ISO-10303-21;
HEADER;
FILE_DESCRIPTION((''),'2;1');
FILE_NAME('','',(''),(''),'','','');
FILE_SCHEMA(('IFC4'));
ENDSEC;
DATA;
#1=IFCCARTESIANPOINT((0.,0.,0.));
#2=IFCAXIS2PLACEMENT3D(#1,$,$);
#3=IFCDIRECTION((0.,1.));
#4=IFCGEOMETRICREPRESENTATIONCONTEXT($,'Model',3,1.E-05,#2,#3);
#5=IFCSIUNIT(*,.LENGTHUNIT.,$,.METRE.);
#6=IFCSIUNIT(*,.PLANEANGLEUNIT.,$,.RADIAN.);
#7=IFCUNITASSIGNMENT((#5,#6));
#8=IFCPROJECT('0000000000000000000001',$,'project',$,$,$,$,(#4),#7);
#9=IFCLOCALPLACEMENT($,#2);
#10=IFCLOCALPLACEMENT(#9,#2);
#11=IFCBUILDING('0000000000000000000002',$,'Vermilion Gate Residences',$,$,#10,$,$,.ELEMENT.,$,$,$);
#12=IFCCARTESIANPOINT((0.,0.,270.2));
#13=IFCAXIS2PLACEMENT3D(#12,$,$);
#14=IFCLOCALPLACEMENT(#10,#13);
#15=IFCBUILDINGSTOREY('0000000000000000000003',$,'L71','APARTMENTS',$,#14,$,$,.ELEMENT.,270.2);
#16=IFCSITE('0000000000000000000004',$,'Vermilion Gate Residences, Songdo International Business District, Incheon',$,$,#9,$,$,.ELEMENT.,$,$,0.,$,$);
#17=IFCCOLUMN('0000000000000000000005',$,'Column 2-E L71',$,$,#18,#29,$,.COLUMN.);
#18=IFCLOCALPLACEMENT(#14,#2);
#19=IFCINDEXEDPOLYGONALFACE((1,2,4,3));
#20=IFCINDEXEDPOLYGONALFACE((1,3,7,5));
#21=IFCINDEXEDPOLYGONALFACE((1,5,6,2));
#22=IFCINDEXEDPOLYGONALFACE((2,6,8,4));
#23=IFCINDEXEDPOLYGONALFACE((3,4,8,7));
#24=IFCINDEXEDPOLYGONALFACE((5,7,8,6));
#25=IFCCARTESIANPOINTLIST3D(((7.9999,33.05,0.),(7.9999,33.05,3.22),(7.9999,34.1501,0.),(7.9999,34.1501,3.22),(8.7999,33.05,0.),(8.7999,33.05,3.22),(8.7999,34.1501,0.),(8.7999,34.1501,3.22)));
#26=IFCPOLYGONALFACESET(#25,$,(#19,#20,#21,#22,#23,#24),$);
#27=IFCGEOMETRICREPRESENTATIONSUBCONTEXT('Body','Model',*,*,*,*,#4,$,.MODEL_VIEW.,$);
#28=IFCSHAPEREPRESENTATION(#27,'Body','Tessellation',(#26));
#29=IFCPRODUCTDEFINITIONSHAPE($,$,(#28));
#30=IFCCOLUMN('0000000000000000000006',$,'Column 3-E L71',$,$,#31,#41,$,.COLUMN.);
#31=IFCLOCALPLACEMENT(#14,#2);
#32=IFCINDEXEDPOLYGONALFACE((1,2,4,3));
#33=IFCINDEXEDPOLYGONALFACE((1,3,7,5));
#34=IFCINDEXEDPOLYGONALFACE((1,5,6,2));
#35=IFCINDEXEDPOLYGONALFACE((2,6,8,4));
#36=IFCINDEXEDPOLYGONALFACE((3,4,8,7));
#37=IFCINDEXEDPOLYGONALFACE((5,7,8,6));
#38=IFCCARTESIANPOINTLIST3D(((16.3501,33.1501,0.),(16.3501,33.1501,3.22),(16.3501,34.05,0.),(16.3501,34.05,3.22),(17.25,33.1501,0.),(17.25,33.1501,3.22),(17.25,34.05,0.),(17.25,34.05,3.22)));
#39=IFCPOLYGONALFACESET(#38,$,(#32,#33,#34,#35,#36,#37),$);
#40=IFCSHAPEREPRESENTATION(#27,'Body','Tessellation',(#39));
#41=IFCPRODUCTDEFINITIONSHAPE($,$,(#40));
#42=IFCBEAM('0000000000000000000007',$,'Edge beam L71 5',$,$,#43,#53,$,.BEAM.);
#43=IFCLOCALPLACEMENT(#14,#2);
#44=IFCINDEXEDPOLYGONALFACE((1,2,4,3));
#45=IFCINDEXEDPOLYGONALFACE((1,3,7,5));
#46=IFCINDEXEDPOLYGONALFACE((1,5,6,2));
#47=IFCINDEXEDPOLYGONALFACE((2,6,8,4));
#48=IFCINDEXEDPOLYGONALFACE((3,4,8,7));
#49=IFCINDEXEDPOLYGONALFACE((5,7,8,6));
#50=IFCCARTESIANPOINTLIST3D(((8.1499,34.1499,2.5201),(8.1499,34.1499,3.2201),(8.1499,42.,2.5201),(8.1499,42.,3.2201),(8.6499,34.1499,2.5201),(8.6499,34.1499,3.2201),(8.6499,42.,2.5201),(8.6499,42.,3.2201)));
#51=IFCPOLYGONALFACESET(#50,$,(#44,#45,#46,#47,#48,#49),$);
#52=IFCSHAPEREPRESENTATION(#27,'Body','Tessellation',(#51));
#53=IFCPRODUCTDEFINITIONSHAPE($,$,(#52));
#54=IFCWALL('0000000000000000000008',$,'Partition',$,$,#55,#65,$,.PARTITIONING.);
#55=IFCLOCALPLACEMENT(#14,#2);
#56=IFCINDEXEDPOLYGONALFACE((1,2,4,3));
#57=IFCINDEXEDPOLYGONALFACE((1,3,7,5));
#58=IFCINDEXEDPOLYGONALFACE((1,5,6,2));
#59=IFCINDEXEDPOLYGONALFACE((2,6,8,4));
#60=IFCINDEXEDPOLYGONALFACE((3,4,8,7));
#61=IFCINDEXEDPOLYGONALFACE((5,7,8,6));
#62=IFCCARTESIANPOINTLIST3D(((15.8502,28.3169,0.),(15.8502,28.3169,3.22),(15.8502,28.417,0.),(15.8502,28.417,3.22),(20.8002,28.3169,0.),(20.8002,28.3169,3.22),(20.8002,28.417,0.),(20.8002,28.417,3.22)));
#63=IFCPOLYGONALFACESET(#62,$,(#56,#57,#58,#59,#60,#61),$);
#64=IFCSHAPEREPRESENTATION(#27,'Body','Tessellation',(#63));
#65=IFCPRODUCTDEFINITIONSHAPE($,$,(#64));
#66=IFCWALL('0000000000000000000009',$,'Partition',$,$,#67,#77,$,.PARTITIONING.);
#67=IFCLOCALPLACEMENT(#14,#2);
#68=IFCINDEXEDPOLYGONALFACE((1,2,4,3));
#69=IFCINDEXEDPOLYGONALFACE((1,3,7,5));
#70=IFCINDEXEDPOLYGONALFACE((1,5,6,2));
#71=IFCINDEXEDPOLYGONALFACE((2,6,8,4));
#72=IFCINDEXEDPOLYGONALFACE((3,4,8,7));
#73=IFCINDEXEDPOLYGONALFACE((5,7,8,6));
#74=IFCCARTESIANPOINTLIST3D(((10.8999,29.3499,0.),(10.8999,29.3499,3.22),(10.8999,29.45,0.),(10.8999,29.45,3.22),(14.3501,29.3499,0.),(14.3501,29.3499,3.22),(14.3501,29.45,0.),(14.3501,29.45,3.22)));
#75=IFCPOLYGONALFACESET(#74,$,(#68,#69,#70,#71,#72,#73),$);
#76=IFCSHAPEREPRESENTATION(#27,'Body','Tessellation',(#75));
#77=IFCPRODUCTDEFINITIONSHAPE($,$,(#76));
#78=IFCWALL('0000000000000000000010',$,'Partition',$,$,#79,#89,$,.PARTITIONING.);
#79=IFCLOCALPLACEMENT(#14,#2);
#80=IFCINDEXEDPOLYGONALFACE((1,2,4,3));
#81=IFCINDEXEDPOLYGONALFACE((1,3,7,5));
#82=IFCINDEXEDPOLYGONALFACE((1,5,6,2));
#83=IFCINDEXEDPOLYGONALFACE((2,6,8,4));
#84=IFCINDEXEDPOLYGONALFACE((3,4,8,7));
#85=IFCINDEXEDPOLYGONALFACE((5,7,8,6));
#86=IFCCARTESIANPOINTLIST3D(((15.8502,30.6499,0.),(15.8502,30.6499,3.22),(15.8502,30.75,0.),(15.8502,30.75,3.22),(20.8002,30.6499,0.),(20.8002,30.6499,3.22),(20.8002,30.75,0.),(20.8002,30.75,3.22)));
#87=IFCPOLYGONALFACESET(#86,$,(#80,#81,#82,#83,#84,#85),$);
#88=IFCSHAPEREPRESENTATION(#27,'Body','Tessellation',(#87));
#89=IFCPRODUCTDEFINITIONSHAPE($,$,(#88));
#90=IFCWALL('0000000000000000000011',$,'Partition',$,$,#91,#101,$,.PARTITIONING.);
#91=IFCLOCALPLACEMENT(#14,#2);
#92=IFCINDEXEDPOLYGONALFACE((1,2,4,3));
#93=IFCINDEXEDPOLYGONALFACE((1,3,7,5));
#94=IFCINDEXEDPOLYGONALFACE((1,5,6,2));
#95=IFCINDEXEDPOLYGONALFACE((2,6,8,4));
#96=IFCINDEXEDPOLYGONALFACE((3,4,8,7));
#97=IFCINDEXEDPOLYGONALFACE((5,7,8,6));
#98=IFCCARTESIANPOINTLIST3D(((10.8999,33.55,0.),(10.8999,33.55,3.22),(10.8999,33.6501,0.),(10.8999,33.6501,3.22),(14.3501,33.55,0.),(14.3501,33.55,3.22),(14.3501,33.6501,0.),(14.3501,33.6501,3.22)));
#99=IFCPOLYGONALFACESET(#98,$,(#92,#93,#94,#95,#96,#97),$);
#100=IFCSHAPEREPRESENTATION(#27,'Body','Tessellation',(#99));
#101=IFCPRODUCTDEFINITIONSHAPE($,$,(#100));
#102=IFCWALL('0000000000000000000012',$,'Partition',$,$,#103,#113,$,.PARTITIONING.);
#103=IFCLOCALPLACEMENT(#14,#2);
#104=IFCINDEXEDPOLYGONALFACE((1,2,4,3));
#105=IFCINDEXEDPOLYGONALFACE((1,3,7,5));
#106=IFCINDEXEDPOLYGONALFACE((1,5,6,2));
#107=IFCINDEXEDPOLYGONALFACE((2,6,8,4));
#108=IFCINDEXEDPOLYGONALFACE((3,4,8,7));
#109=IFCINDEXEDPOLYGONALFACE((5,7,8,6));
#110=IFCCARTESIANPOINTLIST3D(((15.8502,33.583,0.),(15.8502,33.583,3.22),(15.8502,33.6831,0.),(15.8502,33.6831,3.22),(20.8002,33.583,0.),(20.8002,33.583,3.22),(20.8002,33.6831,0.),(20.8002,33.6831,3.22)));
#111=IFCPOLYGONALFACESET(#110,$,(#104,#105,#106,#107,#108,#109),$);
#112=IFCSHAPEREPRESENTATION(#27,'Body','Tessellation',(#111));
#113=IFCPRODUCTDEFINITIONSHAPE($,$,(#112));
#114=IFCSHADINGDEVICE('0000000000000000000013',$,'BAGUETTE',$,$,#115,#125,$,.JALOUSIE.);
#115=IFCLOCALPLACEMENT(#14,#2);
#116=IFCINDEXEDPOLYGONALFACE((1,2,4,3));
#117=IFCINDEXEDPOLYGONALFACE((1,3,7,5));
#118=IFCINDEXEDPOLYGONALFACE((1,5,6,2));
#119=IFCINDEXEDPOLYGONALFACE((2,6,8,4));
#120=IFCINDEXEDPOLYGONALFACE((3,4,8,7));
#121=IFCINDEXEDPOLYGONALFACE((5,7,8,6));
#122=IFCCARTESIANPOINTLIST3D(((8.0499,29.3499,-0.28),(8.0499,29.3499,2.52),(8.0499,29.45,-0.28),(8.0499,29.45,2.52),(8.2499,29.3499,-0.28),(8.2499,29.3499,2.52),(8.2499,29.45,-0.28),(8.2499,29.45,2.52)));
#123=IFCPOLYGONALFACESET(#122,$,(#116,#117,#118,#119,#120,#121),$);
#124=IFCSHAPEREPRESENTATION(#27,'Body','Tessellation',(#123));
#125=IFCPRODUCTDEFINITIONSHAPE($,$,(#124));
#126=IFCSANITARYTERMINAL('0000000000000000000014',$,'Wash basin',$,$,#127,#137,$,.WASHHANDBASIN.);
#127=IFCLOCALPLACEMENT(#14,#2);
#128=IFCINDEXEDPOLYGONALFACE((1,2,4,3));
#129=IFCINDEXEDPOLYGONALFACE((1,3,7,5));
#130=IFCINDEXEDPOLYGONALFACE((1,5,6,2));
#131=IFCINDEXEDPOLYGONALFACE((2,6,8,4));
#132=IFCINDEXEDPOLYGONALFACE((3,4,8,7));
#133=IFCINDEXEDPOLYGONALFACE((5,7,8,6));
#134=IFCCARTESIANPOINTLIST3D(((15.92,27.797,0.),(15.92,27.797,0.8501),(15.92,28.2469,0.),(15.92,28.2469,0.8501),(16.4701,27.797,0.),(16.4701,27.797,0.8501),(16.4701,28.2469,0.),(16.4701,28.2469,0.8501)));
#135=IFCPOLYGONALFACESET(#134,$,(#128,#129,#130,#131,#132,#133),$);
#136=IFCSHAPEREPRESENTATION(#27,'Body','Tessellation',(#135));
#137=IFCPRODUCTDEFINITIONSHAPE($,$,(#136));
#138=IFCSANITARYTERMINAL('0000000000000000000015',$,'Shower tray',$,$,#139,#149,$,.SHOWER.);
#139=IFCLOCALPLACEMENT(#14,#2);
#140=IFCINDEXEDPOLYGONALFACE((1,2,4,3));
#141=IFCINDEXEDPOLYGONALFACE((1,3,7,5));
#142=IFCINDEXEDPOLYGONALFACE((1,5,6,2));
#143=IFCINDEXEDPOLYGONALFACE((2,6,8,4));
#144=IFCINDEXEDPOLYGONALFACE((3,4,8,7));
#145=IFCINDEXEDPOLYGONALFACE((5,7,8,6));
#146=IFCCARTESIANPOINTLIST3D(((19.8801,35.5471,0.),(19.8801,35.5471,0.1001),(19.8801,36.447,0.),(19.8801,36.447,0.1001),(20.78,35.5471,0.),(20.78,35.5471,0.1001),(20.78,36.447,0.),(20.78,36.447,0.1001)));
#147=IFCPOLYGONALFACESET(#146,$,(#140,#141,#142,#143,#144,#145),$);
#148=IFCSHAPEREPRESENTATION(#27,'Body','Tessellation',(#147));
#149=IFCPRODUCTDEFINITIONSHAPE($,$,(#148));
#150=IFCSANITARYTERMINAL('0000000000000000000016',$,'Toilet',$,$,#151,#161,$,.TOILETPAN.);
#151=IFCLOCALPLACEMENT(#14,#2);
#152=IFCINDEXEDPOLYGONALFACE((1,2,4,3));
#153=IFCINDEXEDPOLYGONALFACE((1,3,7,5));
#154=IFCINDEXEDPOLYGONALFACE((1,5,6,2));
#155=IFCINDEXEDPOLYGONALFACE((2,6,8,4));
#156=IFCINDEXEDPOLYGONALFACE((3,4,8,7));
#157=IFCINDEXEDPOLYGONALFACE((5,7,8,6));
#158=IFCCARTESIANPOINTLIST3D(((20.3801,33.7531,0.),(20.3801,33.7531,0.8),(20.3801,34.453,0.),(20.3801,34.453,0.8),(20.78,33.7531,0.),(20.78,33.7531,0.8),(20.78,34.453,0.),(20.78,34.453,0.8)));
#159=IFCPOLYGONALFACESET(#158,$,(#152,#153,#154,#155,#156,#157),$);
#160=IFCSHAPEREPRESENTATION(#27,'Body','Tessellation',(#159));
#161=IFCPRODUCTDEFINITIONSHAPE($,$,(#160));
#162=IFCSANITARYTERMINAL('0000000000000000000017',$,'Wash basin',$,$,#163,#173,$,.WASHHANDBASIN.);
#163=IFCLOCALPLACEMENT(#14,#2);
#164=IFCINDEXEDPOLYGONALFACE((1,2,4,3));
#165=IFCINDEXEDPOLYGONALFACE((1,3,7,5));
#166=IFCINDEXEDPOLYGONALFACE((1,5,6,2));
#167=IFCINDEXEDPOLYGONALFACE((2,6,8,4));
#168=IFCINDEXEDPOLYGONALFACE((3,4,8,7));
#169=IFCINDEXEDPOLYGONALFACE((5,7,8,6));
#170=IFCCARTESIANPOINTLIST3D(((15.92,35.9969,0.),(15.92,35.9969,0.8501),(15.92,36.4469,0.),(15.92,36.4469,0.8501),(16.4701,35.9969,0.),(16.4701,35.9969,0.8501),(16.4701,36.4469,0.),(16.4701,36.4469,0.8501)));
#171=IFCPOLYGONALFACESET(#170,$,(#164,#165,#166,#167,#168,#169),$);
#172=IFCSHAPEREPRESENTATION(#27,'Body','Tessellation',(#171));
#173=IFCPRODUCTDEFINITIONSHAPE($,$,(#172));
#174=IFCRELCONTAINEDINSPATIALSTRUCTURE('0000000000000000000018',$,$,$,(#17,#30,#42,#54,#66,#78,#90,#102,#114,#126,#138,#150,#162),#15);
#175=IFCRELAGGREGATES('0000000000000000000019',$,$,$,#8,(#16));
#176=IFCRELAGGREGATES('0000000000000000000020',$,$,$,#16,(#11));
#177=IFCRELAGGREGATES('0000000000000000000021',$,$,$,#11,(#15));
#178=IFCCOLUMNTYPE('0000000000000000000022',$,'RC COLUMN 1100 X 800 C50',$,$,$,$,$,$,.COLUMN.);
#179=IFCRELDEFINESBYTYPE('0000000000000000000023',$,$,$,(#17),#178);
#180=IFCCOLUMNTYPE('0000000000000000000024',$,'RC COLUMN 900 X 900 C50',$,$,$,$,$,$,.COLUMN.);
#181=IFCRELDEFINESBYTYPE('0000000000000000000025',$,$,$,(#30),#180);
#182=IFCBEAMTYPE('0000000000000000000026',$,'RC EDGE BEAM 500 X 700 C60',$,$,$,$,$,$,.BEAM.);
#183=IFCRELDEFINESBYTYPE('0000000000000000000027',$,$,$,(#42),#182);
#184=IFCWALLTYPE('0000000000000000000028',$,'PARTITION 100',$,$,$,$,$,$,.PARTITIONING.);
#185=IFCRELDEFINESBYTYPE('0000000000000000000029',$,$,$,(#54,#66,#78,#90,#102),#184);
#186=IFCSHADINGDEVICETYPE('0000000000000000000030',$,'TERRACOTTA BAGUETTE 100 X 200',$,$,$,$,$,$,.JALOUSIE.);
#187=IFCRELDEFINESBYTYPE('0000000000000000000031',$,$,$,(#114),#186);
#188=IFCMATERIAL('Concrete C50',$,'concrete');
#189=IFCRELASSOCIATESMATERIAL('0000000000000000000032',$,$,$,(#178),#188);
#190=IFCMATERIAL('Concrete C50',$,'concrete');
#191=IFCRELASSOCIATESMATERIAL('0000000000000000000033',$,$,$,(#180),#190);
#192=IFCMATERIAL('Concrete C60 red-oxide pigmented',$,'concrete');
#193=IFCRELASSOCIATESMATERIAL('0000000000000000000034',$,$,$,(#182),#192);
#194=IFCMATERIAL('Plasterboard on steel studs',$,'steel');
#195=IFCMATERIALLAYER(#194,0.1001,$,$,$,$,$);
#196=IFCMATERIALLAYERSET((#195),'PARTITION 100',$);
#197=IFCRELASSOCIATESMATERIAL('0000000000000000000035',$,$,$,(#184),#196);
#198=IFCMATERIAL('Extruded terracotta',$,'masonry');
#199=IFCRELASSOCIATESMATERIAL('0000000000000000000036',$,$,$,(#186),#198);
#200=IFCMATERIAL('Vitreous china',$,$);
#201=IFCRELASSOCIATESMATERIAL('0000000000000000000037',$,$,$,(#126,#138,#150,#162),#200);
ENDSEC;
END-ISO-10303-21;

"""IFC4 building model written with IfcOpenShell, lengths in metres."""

from ifc_helpers import new_model, si_unit, direction, frame, frame_2d, origin, origin_2d, place, context, subcontext, project, spatial, rectangle, extrude, material, layer, layer_set, material_profile, profile_set, type_object, element, save


model = new_model("IFC4")

# Units and contexts
model_context = context("Model", 3, precision=1e-05, world=origin(), true_north=direction((0.0, 1.0)))
body_context = subcontext(model_context, "Body", "Model", "MODEL_VIEW")
ifc_project = project(units=[si_unit("LENGTHUNIT", "METRE"), si_unit("PLANEANGLEUNIT", "RADIAN")], contexts=[model_context])

# Site, building, storey
site_placement = place(None, origin())
site = spatial("IfcSite", under=ifc_project, at=site_placement, Name="Vermilion Gate Residences, Songdo International Business District, Incheon", CompositionType="ELEMENT", RefElevation=0.0)
building_placement = place(site_placement, origin())
building = spatial("IfcBuilding", under=site, at=building_placement, Name="Vermilion Gate Residences", CompositionType="ELEMENT")
storey_placement = place(building_placement, frame((0.0, 0.0, 270.2)))
storey = spatial("IfcBuildingStorey", under=building, at=storey_placement, Name="L71", Description="APARTMENTS", CompositionType="ELEMENT", Elevation=270.2)

# Columns
ifc_material_1 = material(Name="Concrete C50", Category="concrete")
ifc_material_profile_1 = material_profile(ifc_material_1, rectangle(XDim=1.1001, YDim=0.8, at=origin_2d()), Name="RC-1100x800")
ifc_profile_set_1 = profile_set([ifc_material_profile_1], Name="Concrete C50")
column_type_1 = type_object("IfcColumnType", Name="RC COLUMN 1100 X 800 C50", PredefinedType="COLUMN", material=ifc_profile_set_1)
column_1_placement = place(storey_placement, frame((8.3999, 33.6001, 0.0), z_axis=(0.0, 0.0, 1.0), x_axis=(0.0, 1.0, 0.0)))
element("IfcColumn", 1, at=column_1_placement, inside=storey, type_object=column_type_1, Name="Column 2-E L71", PredefinedType="COLUMN", context=body_context, shape_type="SweptSolid", body=[
    extrude(rectangle(XDim=1.1001, YDim=0.8, at=origin_2d()), origin(), (0.0, 0.0, 1.0), 3.22),
])
ifc_material_2 = material(Name="Concrete C50", Category="concrete")
ifc_material_profile_2 = material_profile(ifc_material_2, rectangle(XDim=0.8999, YDim=0.8999, at=origin_2d()), Name="RC-900x900")
ifc_profile_set_2 = profile_set([ifc_material_profile_2], Name="Concrete C50")
column_type_2 = type_object("IfcColumnType", Name="RC COLUMN 900 X 900 C50", PredefinedType="COLUMN", material=ifc_profile_set_2)
column_2_placement = place(storey_placement, frame((16.8, 33.6001, 0.0), z_axis=(0.0, 0.0, 1.0), x_axis=(1.0, 0.0, 0.0)))
element("IfcColumn", 2, at=column_2_placement, inside=storey, type_object=column_type_2, Name="Column 3-E L71", PredefinedType="COLUMN", context=body_context, shape_type="SweptSolid", body=[
    extrude(rectangle(XDim=0.8999, YDim=0.8999, at=origin_2d()), origin(), (0.0, 0.0, 1.0), 3.22),
])

# Beam
ifc_material_3 = material(Name="Concrete C60 red-oxide pigmented", Category="concrete")
ifc_material_profile_3 = material_profile(ifc_material_3, rectangle(XDim=0.5, YDim=0.7, at=origin_2d()), Name="RC-500x700")
ifc_profile_set_3 = profile_set([ifc_material_profile_3], Name="Concrete C60 red-oxide pigmented")
beam_type = type_object("IfcBeamType", Name="RC EDGE BEAM 500 X 700 C60", PredefinedType="BEAM", material=ifc_profile_set_3)
beam_placement = place(storey_placement, frame((8.3999, 34.1499, 2.8701), z_axis=(0.0, 1.0, 0.0), x_axis=(-1.0, 0.0, 0.0)))
element("IfcBeam", 3, at=beam_placement, inside=storey, type_object=beam_type, Name="Edge beam L71 5", PredefinedType="BEAM", context=body_context, shape_type="SweptSolid", body=[
    extrude(rectangle(XDim=0.5, YDim=0.7, at=origin_2d()), origin(), (0.0, 0.0, 1.0), 7.8501),
])

# Walls
ifc_material_4 = material(Name="Plasterboard on steel studs", Category="steel")
ifc_layer = layer(ifc_material_4, 0.1001)
ifc_layer_set = layer_set([ifc_layer], Name="PARTITION 100")
wall_type = type_object("IfcWallType", Name="PARTITION 100", PredefinedType="PARTITIONING", material=ifc_layer_set)
wall_1_placement = place(storey_placement, frame((15.8501, 28.3669, 0.0), z_axis=(0.0, 0.0, 1.0), x_axis=(1.0, 0.0, 0.0)))
element("IfcWall", 4, at=wall_1_placement, inside=storey, type_object=wall_type, Name="Partition", PredefinedType="PARTITIONING", context=body_context, shape_type="SweptSolid", body=[
    extrude(rectangle(XDim=4.95, YDim=0.1001, at=frame_2d((2.4751, 0.0))), origin(), (0.0, 0.0, 1.0), 3.22),
])
wall_2_placement = place(storey_placement, frame((10.8999, 29.3999, 0.0), z_axis=(0.0, 0.0, 1.0), x_axis=(1.0, 0.0, 0.0)))
element("IfcWall", 5, at=wall_2_placement, inside=storey, type_object=wall_type, Name="Partition", PredefinedType="PARTITIONING", context=body_context, shape_type="SweptSolid", body=[
    extrude(rectangle(XDim=3.4502, YDim=0.1001, at=frame_2d((1.7251, 0.0))), origin(), (0.0, 0.0, 1.0), 3.22),
])
wall_3_placement = place(storey_placement, frame((15.8501, 30.7, 0.0), z_axis=(0.0, 0.0, 1.0), x_axis=(1.0, 0.0, 0.0)))
element("IfcWall", 6, at=wall_3_placement, inside=storey, type_object=wall_type, Name="Partition", PredefinedType="PARTITIONING", context=body_context, shape_type="SweptSolid", body=[
    extrude(rectangle(XDim=4.95, YDim=0.1001, at=frame_2d((2.4751, 0.0))), origin(), (0.0, 0.0, 1.0), 3.22),
])
wall_4_placement = place(storey_placement, frame((10.8999, 33.6001, 0.0), z_axis=(0.0, 0.0, 1.0), x_axis=(1.0, 0.0, 0.0)))
element("IfcWall", 7, at=wall_4_placement, inside=storey, type_object=wall_type, Name="Partition", PredefinedType="PARTITIONING", context=body_context, shape_type="SweptSolid", body=[
    extrude(rectangle(XDim=3.4502, YDim=0.1001, at=frame_2d((1.7251, 0.0))), origin(), (0.0, 0.0, 1.0), 3.22),
])
wall_5_placement = place(storey_placement, frame((15.8501, 33.6331, 0.0), z_axis=(0.0, 0.0, 1.0), x_axis=(1.0, 0.0, 0.0)))
element("IfcWall", 8, at=wall_5_placement, inside=storey, type_object=wall_type, Name="Partition", PredefinedType="PARTITIONING", context=body_context, shape_type="SweptSolid", body=[
    extrude(rectangle(XDim=4.95, YDim=0.1001, at=frame_2d((2.4751, 0.0))), origin(), (0.0, 0.0, 1.0), 3.22),
])

# Shading device
ifc_material_5 = material(Name="Extruded terracotta", Category="masonry")
ifc_material_profile_4 = material_profile(ifc_material_5, rectangle(XDim=0.2, YDim=0.1001, at=origin_2d()), Name="BAGUETTE 100 X 200")
ifc_profile_set_4 = profile_set([ifc_material_profile_4], Name="Extruded terracotta")
shading_device_type = type_object("IfcShadingDeviceType", Name="TERRACOTTA BAGUETTE 100 X 200", PredefinedType="JALOUSIE", material=ifc_profile_set_4)
shading_device_placement = place(storey_placement, frame((8.1499, 29.3999, -0.28), z_axis=(0.0, 0.0, 1.0), x_axis=(1.0, 0.0, 0.0)))
element("IfcShadingDevice", 9, at=shading_device_placement, inside=storey, type_object=shading_device_type, Name="BAGUETTE", PredefinedType="JALOUSIE", context=body_context, shape_type="SweptSolid", body=[
    extrude(rectangle(XDim=0.2, YDim=0.1001, at=origin_2d()), origin(), (0.0, 0.0, 1.0), 2.8),
])

# Sanitary terminals
ifc_material_6 = material(Name="Vitreous china")
sanitary_terminal_1_placement = place(storey_placement, frame((16.1951, 28.022, 0.0), z_axis=(0.0, 0.0, 1.0), x_axis=(1.0, 0.0, 0.0)))
element("IfcSanitaryTerminal", 10, at=sanitary_terminal_1_placement, inside=storey, material=ifc_material_6, Name="Wash basin", PredefinedType="WASHHANDBASIN", context=body_context, shape_type="SweptSolid", body=[
    extrude(rectangle(XDim=0.55, YDim=0.45, at=origin_2d()), origin(), (0.0, 0.0, 1.0), 0.8501),
])
sanitary_terminal_2_placement = place(storey_placement, frame((20.3301, 35.9971, 0.0), z_axis=(0.0, 0.0, 1.0), x_axis=(1.0, 0.0, 0.0)))
element("IfcSanitaryTerminal", 11, at=sanitary_terminal_2_placement, inside=storey, material=ifc_material_6, Name="Shower tray", PredefinedType="SHOWER", context=body_context, shape_type="SweptSolid", body=[
    extrude(rectangle(XDim=0.8999, YDim=0.8999, at=origin_2d()), origin(), (0.0, 0.0, 1.0), 0.1001),
])
sanitary_terminal_3_placement = place(storey_placement, frame((20.5801, 34.103, 0.0), z_axis=(0.0, 0.0, 1.0), x_axis=(1.0, 0.0, 0.0)))
element("IfcSanitaryTerminal", 12, at=sanitary_terminal_3_placement, inside=storey, material=ifc_material_6, Name="Toilet", PredefinedType="TOILETPAN", context=body_context, shape_type="SweptSolid", body=[
    extrude(rectangle(XDim=0.3999, YDim=0.7, at=origin_2d()), origin(), (0.0, 0.0, 1.0), 0.8),
])
sanitary_terminal_4_placement = place(storey_placement, frame((16.1951, 36.2219, 0.0), z_axis=(0.0, 0.0, 1.0), x_axis=(1.0, 0.0, 0.0)))
element("IfcSanitaryTerminal", 13, at=sanitary_terminal_4_placement, inside=storey, material=ifc_material_6, Name="Wash basin", PredefinedType="WASHHANDBASIN", context=body_context, shape_type="SweptSolid", body=[
    extrude(rectangle(XDim=0.55, YDim=0.45, at=origin_2d()), origin(), (0.0, 0.0, 1.0), 0.8501),
])

save(model, "model.ifc")
